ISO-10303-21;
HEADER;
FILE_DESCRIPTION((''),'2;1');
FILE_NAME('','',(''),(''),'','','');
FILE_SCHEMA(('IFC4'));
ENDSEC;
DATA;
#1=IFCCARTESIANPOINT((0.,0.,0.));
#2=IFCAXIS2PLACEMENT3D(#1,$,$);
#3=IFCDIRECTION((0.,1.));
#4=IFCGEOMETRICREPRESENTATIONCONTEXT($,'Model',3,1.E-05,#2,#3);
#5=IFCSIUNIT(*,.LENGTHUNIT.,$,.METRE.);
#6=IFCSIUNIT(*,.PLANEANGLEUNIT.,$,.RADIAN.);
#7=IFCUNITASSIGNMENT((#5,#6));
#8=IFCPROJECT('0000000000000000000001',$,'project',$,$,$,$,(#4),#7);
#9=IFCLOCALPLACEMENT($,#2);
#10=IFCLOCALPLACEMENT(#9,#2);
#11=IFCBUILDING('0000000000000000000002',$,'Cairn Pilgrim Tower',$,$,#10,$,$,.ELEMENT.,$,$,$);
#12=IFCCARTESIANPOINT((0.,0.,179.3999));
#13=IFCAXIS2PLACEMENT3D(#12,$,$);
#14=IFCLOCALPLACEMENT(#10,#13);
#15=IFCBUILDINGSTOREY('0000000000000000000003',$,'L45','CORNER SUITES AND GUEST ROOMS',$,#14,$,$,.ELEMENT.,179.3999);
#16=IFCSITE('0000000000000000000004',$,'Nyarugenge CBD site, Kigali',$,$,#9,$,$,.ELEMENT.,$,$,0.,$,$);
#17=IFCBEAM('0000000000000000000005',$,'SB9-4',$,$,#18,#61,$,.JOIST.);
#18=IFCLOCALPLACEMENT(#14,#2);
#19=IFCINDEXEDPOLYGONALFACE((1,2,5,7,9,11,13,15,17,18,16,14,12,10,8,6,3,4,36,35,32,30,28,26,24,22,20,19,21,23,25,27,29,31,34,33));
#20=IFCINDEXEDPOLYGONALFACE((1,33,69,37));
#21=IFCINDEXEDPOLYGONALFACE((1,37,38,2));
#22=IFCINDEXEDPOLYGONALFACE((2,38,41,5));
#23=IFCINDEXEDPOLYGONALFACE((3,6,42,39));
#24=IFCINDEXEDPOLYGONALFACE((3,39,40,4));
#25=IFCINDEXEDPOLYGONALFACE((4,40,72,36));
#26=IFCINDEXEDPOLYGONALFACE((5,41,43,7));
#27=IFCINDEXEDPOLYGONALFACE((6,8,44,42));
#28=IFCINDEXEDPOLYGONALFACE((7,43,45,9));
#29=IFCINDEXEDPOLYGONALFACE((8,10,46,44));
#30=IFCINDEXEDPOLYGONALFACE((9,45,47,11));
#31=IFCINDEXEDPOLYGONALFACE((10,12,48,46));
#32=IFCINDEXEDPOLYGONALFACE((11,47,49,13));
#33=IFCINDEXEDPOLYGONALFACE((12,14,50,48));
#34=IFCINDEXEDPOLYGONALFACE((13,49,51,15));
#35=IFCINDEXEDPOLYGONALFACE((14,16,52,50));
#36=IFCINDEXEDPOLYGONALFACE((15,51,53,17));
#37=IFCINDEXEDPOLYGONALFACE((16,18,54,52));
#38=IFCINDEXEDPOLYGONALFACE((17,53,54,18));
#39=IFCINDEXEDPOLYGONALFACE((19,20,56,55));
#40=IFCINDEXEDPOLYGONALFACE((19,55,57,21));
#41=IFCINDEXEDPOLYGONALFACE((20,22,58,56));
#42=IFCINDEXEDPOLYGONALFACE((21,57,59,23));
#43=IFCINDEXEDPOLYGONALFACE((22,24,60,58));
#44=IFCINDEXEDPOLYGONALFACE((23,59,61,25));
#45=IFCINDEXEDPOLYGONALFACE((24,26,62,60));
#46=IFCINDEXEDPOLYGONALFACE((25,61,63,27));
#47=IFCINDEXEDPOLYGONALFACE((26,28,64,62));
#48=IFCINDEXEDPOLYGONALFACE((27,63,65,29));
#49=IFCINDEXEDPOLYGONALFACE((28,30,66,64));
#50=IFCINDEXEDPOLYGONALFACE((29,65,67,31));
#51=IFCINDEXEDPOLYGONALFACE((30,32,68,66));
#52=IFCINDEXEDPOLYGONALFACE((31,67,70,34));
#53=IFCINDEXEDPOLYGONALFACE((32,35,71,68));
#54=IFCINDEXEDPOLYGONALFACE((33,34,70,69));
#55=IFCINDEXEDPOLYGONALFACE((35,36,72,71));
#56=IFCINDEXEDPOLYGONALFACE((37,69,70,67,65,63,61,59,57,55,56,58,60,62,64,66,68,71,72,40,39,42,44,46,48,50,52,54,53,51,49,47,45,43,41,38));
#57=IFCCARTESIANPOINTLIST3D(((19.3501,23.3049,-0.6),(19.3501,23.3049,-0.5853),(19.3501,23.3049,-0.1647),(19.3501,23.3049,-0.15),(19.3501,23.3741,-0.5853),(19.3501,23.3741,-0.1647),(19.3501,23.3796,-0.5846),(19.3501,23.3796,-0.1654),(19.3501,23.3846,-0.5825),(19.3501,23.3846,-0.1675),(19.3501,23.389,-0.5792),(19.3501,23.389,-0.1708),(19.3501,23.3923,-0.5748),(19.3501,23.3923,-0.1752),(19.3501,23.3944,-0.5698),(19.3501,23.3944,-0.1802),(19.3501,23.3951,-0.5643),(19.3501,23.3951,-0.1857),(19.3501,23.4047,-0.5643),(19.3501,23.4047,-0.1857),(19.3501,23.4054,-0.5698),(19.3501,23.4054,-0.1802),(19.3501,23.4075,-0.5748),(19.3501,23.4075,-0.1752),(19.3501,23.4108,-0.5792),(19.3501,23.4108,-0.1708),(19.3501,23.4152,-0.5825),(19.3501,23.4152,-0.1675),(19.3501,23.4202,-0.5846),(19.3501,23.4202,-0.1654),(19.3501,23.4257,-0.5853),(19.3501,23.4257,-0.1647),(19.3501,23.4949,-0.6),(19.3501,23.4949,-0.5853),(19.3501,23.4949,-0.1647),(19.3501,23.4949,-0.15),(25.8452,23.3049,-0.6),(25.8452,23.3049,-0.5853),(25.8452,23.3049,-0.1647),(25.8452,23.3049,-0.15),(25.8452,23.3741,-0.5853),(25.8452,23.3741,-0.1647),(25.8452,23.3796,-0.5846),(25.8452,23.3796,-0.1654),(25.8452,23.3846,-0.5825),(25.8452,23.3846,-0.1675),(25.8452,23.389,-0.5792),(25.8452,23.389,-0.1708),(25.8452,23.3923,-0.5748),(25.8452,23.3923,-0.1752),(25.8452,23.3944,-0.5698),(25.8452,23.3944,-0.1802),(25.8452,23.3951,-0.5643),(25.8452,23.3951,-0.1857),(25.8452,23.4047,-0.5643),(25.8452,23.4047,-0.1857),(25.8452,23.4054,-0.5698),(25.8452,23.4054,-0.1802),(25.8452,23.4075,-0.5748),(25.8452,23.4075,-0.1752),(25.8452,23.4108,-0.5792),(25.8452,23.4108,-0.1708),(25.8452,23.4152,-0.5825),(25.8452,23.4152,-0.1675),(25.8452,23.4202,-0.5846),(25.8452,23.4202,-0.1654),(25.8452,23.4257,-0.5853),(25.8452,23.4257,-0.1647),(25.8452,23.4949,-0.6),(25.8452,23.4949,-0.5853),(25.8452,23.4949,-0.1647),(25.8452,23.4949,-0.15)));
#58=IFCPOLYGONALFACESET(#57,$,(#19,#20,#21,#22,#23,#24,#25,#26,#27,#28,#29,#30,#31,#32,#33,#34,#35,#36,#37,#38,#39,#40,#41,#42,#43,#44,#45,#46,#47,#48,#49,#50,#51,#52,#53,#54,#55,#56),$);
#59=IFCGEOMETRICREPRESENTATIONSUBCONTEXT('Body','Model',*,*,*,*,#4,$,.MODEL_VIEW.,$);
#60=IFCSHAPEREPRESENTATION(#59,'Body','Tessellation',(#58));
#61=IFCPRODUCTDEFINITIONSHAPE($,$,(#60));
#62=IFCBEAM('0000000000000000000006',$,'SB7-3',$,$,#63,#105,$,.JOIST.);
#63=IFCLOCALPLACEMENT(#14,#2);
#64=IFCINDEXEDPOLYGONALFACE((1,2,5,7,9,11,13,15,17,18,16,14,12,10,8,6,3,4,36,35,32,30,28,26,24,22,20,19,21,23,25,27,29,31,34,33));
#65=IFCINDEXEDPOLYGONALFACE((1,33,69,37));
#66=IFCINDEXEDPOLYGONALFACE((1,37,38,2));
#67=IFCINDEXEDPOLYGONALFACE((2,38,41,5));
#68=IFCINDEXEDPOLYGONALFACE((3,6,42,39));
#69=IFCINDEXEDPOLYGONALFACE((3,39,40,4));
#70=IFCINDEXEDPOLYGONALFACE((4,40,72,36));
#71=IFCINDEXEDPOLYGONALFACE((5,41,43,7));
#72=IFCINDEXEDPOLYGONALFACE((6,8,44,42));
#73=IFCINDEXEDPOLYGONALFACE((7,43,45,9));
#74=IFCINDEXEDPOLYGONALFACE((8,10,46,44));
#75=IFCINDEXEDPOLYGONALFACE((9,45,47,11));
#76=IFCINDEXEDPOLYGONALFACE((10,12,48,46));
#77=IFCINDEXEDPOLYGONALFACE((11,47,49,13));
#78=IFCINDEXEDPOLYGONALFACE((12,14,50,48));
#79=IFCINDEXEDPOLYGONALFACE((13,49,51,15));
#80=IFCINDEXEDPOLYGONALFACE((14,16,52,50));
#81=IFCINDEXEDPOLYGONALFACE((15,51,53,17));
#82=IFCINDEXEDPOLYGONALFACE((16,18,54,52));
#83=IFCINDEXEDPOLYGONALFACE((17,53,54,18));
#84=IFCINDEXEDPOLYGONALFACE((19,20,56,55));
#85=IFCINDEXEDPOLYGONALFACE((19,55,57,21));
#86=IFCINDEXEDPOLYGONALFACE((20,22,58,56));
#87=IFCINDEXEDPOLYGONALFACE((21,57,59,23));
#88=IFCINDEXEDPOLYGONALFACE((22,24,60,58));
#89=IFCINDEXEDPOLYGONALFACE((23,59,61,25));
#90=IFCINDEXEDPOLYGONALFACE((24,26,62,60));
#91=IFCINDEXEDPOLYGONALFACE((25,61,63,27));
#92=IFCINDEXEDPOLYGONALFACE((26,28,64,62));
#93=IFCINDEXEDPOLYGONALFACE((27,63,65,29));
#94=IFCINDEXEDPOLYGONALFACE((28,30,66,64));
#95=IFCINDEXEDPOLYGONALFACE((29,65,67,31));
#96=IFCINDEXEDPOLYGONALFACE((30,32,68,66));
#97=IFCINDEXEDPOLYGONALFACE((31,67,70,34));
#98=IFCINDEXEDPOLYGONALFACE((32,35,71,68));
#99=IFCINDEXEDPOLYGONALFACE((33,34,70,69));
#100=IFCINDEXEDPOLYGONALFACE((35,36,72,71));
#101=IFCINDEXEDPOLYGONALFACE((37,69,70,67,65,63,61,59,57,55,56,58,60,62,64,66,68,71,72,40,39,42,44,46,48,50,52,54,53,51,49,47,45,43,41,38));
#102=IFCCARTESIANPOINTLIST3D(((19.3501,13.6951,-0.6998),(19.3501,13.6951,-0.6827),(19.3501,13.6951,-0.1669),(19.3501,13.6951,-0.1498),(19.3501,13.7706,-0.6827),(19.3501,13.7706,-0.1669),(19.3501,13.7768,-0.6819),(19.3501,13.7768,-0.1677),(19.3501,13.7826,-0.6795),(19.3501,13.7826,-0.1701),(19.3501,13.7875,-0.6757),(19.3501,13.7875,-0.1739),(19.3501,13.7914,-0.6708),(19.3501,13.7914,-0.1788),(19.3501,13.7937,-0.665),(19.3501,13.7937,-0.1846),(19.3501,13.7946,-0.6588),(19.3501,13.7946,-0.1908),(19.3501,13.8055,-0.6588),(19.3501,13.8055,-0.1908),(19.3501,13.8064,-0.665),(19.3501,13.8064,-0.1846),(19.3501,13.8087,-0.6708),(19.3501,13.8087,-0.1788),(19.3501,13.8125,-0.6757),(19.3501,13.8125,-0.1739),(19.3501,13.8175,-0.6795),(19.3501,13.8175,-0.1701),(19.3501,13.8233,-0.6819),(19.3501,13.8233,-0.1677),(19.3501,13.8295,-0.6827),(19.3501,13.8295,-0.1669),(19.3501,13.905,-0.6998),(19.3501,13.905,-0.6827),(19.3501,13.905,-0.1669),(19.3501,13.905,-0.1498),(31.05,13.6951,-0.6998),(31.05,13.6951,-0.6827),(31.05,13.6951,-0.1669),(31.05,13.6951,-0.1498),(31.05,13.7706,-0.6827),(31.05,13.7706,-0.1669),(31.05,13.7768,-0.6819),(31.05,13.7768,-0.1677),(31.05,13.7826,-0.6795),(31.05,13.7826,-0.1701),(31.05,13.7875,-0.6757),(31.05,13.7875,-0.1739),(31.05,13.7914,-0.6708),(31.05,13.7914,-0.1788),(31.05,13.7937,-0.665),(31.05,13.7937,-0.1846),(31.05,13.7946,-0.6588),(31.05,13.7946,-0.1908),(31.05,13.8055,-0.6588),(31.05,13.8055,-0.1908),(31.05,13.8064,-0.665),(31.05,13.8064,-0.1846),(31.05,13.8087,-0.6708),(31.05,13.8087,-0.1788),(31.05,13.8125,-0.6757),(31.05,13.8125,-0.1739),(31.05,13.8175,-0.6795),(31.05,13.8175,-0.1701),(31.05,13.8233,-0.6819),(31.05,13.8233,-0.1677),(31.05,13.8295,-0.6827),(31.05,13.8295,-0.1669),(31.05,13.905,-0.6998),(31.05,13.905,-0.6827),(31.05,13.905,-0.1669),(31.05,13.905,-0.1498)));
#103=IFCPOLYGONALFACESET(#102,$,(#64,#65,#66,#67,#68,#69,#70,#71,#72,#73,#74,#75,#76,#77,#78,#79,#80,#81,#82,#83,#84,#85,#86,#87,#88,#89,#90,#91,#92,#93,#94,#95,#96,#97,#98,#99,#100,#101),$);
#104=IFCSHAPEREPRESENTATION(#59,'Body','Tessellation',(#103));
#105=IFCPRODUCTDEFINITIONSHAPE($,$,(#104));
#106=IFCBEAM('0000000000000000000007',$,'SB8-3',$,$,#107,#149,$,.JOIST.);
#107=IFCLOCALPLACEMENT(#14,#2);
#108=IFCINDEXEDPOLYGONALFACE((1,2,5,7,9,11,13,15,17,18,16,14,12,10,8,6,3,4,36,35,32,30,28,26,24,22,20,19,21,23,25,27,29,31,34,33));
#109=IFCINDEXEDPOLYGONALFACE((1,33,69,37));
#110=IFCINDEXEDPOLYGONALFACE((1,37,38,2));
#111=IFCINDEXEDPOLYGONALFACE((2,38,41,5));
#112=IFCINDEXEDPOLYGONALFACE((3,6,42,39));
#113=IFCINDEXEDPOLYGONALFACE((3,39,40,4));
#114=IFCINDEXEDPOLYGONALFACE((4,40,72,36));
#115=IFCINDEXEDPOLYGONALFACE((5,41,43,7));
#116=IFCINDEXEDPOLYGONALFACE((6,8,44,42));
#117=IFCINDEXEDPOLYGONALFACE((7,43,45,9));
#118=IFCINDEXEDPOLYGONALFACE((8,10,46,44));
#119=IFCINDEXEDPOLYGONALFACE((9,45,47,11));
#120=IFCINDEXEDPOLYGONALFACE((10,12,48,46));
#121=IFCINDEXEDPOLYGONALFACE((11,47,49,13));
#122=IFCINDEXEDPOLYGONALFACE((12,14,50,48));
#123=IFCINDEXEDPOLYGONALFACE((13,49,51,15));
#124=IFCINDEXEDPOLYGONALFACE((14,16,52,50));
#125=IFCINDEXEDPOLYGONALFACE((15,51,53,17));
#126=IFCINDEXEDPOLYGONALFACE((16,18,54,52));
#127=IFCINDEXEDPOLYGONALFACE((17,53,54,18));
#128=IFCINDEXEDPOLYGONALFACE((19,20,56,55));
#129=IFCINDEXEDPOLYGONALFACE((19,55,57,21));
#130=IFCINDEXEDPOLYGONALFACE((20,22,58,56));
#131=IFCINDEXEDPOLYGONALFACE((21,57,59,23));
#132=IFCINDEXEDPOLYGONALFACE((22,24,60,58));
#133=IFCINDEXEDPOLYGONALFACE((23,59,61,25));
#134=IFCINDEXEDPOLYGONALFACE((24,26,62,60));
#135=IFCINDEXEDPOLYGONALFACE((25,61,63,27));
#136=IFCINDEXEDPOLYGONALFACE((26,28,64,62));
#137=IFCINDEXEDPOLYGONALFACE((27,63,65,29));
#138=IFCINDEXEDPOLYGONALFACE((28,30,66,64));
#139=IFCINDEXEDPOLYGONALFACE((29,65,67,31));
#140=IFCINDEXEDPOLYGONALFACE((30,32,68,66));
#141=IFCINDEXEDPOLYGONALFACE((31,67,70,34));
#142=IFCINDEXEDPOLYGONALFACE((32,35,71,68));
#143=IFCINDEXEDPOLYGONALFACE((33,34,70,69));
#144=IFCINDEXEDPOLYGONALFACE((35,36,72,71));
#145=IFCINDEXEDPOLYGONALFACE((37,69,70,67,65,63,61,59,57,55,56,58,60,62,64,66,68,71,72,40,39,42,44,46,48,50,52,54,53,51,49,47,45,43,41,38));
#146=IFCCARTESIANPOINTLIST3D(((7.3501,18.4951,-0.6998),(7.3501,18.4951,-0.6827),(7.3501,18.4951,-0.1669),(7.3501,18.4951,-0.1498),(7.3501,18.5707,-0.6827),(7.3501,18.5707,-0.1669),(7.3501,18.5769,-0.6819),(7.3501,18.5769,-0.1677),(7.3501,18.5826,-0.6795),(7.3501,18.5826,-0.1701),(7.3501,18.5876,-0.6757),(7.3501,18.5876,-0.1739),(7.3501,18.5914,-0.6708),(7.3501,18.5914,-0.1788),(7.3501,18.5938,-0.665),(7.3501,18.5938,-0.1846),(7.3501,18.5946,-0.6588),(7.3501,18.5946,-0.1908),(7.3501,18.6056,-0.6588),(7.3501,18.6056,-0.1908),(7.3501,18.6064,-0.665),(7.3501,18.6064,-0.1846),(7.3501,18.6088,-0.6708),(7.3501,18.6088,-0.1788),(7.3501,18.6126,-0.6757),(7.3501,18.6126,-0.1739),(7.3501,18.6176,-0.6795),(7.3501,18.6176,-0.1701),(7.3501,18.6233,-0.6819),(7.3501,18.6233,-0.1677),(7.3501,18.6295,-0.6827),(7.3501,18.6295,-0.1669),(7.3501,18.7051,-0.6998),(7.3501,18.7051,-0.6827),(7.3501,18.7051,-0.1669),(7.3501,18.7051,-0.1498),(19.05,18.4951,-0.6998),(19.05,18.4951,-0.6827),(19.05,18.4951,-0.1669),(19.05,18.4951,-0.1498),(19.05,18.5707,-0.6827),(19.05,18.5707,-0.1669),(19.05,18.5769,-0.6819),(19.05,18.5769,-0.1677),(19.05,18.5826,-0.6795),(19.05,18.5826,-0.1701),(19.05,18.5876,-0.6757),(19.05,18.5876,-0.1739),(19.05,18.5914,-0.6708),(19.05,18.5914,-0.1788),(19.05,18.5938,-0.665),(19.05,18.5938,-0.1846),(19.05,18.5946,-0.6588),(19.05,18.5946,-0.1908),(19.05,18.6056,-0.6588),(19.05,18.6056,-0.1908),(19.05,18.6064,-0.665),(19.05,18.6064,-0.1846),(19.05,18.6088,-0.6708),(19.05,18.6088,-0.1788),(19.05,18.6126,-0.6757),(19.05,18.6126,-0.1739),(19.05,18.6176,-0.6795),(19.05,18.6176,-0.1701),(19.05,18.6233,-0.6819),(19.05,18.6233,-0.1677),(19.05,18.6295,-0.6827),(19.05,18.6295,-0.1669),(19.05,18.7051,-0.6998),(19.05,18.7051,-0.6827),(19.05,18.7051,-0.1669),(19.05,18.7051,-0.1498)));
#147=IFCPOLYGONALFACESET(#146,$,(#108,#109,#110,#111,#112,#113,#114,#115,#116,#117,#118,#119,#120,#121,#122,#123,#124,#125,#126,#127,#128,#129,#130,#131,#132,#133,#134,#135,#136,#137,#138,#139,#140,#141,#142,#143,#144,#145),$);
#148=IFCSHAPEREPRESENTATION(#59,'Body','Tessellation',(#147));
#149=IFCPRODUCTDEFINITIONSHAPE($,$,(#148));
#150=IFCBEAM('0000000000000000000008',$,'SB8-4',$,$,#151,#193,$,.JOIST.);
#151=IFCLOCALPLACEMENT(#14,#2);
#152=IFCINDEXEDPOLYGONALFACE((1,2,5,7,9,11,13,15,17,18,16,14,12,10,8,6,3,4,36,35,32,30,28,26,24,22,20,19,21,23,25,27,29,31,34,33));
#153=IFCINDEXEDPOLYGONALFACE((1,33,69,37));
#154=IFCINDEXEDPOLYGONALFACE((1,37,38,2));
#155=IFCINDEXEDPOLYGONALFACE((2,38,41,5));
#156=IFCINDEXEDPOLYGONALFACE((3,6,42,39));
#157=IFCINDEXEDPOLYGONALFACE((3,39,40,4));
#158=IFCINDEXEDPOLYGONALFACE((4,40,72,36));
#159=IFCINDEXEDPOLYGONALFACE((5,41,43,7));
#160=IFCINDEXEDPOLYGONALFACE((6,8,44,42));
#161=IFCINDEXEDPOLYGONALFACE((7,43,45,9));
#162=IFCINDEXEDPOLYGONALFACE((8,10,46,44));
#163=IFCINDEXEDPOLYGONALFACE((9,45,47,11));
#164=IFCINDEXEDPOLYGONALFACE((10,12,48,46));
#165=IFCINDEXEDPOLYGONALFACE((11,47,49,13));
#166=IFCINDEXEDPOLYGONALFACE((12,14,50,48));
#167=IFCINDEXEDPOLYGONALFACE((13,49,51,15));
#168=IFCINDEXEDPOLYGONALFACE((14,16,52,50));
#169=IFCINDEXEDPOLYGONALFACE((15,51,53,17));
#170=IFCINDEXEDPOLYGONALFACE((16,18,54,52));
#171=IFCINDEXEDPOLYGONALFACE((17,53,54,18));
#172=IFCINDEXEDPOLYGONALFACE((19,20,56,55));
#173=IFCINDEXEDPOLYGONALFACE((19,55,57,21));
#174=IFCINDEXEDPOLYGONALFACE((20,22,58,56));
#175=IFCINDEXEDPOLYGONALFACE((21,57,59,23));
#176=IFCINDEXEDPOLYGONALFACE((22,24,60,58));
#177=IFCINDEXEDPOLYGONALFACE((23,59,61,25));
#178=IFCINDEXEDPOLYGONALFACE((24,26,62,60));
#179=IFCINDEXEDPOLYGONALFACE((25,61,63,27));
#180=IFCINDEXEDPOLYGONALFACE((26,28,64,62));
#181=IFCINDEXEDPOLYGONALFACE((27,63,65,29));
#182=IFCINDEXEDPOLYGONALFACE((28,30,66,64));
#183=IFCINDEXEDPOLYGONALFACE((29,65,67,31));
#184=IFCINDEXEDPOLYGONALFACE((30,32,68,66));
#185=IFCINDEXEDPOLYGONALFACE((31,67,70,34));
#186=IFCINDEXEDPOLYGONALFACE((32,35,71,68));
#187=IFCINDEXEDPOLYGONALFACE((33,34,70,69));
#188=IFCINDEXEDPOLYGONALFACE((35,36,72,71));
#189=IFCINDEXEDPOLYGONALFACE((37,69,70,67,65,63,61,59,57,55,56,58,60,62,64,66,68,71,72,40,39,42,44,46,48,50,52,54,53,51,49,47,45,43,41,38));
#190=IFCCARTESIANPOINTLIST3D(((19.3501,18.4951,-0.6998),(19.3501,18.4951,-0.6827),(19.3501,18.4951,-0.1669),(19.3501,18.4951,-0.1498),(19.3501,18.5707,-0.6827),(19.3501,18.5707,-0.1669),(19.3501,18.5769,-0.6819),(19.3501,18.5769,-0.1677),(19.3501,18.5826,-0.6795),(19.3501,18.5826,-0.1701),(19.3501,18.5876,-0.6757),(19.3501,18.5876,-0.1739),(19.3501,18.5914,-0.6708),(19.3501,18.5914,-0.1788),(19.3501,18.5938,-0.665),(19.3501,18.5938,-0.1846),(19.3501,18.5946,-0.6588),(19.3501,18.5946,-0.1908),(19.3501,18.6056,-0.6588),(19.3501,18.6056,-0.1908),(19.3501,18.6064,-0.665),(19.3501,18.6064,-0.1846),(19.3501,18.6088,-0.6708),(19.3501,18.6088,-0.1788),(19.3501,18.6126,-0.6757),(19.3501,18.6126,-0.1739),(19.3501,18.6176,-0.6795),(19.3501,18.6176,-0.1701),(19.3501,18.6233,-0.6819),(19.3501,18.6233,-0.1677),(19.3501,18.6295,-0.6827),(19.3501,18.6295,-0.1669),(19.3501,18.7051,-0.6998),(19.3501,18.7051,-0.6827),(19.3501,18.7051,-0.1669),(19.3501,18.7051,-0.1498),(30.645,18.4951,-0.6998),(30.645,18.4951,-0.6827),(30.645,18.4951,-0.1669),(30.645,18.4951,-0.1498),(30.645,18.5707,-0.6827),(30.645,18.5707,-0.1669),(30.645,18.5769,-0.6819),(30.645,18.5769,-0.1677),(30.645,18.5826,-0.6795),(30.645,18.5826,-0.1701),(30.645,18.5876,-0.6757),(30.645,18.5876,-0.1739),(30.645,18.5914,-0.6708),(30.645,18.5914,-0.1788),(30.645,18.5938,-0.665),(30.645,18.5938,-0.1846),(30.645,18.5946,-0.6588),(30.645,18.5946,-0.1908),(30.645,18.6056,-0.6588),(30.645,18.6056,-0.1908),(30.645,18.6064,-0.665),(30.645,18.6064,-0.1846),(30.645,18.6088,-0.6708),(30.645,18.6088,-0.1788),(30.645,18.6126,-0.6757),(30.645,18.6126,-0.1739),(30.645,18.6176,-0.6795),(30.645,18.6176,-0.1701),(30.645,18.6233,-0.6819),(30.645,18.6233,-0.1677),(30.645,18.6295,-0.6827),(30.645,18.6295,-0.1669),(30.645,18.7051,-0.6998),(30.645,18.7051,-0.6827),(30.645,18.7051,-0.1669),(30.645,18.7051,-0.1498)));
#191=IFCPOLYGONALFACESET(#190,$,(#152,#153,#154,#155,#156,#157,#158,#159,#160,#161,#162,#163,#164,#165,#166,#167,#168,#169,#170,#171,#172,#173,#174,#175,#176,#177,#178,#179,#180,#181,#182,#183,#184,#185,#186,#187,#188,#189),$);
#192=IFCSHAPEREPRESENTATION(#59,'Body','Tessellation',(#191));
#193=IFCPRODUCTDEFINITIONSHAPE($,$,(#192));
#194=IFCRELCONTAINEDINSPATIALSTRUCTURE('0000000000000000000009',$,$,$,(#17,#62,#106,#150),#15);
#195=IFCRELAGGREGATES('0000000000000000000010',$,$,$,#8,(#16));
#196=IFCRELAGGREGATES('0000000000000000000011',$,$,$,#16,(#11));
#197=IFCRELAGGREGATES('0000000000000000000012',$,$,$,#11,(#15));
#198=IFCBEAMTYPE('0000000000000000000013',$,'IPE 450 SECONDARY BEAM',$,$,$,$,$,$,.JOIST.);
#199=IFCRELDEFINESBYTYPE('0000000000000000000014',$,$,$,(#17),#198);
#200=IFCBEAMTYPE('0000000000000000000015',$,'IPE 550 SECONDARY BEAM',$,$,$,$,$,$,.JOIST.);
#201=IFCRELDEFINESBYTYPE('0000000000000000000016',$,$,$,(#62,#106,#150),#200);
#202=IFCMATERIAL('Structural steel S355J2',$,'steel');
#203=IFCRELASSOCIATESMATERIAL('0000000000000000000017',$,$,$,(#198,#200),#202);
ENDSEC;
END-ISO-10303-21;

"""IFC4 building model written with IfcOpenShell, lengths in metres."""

from ifc_helpers import new_model, si_unit, direction, frame, origin, origin_2d, place, context, subcontext, project, spatial, i_section, extrude, material, material_profile, profile_set, type_object, element, save


model = new_model("IFC4")

# Units and contexts
model_context = context("Model", 3, precision=1e-05, world=origin(), true_north=direction((0.0, 1.0)))
body_context = subcontext(model_context, "Body", "Model", "MODEL_VIEW")
ifc_project = project(units=[si_unit("LENGTHUNIT", "METRE"), si_unit("PLANEANGLEUNIT", "RADIAN")], contexts=[model_context])

# Site, building, storey
site_placement = place(None, origin())
site = spatial("IfcSite", under=ifc_project, at=site_placement, Name="Nyarugenge CBD site, Kigali", CompositionType="ELEMENT", RefElevation=0.0)
building_placement = place(site_placement, origin())
building = spatial("IfcBuilding", under=site, at=building_placement, Name="Cairn Pilgrim Tower", CompositionType="ELEMENT")
storey_placement = place(building_placement, frame((0.0, 0.0, 179.3999)))
storey = spatial("IfcBuildingStorey", under=building, at=storey_placement, Name="L45", Description="CORNER SUITES AND GUEST ROOMS", CompositionType="ELEMENT", Elevation=179.3999)

# Shared definitions
ifc_material_1 = material(Name="Structural steel S355J2", Category="steel")

# Beams
ifc_material_profile_1 = material_profile(ifc_material_1, i_section(OverallWidth=0.1899, OverallDepth=0.45, WebThickness=0.0095, FlangeThickness=0.0146, FilletRadius=0.021, at=origin_2d()), Name="IPE 450")
ifc_profile_set_1 = profile_set([ifc_material_profile_1], Name="Structural steel S355J2")
beam_type_1 = type_object("IfcBeamType", Name="IPE 450 SECONDARY BEAM", PredefinedType="JOIST", material=ifc_profile_set_1)
beam_1_placement = place(storey_placement, frame((19.3501, 23.3999, -0.375), z_axis=(1.0, 0.0, 0.0), x_axis=(0.0, 1.0, 0.0)))
element("IfcBeam", 1, at=beam_1_placement, inside=storey, type_object=beam_type_1, Name="SB9-4", PredefinedType="JOIST", context=body_context, shape_type="SweptSolid", body=[
    extrude(i_section(OverallWidth=0.1899, OverallDepth=0.45, WebThickness=0.0095, FlangeThickness=0.0146, FilletRadius=0.021, at=origin_2d()), origin(), (0.0, 0.0, 1.0), 6.4951),
])
ifc_material_profile_2 = material_profile(ifc_material_1, i_section(OverallWidth=0.21, OverallDepth=0.55, WebThickness=0.011, FlangeThickness=0.0171, FilletRadius=0.0239, at=origin_2d()), Name="IPE 550")
ifc_profile_set_2 = profile_set([ifc_material_profile_2], Name="Structural steel S355J2")
beam_type_2 = type_object("IfcBeamType", Name="IPE 550 SECONDARY BEAM", PredefinedType="JOIST", material=ifc_profile_set_2)
for number, where, z_axis, x_axis, name in (
    (2, (19.3501, 13.8, -0.4248), (1.0, 0.0, 0.0), (0.0, 1.0, 0.0), "SB7-3"),
    (3, (7.3501, 18.6001, -0.4248), (1.0, 0.0, 0.0), (0.0, 1.0, 0.0), "SB8-3"),
):
    element("IfcBeam", number, at=place(storey_placement, frame(where, z_axis=z_axis, x_axis=x_axis)), inside=storey, type_object=beam_type_2, Name=name, PredefinedType="JOIST", context=body_context, shape_type="SweptSolid", body=[
        extrude(i_section(OverallWidth=0.21, OverallDepth=0.55, WebThickness=0.011, FlangeThickness=0.0171, FilletRadius=0.0239, at=origin_2d()), origin(), (0.0, 0.0, 1.0), 11.7),
    ])
beam_2_placement = place(storey_placement, frame((19.3501, 18.6001, -0.4248), z_axis=(1.0, 0.0, 0.0), x_axis=(0.0, 1.0, 0.0)))
element("IfcBeam", 4, at=beam_2_placement, inside=storey, type_object=beam_type_2, Name="SB8-4", PredefinedType="JOIST", context=body_context, shape_type="SweptSolid", body=[
    extrude(i_section(OverallWidth=0.21, OverallDepth=0.55, WebThickness=0.011, FlangeThickness=0.0171, FilletRadius=0.0239, at=origin_2d()), origin(), (0.0, 0.0, 1.0), 11.2949),
])

save(model, "model.ifc")
